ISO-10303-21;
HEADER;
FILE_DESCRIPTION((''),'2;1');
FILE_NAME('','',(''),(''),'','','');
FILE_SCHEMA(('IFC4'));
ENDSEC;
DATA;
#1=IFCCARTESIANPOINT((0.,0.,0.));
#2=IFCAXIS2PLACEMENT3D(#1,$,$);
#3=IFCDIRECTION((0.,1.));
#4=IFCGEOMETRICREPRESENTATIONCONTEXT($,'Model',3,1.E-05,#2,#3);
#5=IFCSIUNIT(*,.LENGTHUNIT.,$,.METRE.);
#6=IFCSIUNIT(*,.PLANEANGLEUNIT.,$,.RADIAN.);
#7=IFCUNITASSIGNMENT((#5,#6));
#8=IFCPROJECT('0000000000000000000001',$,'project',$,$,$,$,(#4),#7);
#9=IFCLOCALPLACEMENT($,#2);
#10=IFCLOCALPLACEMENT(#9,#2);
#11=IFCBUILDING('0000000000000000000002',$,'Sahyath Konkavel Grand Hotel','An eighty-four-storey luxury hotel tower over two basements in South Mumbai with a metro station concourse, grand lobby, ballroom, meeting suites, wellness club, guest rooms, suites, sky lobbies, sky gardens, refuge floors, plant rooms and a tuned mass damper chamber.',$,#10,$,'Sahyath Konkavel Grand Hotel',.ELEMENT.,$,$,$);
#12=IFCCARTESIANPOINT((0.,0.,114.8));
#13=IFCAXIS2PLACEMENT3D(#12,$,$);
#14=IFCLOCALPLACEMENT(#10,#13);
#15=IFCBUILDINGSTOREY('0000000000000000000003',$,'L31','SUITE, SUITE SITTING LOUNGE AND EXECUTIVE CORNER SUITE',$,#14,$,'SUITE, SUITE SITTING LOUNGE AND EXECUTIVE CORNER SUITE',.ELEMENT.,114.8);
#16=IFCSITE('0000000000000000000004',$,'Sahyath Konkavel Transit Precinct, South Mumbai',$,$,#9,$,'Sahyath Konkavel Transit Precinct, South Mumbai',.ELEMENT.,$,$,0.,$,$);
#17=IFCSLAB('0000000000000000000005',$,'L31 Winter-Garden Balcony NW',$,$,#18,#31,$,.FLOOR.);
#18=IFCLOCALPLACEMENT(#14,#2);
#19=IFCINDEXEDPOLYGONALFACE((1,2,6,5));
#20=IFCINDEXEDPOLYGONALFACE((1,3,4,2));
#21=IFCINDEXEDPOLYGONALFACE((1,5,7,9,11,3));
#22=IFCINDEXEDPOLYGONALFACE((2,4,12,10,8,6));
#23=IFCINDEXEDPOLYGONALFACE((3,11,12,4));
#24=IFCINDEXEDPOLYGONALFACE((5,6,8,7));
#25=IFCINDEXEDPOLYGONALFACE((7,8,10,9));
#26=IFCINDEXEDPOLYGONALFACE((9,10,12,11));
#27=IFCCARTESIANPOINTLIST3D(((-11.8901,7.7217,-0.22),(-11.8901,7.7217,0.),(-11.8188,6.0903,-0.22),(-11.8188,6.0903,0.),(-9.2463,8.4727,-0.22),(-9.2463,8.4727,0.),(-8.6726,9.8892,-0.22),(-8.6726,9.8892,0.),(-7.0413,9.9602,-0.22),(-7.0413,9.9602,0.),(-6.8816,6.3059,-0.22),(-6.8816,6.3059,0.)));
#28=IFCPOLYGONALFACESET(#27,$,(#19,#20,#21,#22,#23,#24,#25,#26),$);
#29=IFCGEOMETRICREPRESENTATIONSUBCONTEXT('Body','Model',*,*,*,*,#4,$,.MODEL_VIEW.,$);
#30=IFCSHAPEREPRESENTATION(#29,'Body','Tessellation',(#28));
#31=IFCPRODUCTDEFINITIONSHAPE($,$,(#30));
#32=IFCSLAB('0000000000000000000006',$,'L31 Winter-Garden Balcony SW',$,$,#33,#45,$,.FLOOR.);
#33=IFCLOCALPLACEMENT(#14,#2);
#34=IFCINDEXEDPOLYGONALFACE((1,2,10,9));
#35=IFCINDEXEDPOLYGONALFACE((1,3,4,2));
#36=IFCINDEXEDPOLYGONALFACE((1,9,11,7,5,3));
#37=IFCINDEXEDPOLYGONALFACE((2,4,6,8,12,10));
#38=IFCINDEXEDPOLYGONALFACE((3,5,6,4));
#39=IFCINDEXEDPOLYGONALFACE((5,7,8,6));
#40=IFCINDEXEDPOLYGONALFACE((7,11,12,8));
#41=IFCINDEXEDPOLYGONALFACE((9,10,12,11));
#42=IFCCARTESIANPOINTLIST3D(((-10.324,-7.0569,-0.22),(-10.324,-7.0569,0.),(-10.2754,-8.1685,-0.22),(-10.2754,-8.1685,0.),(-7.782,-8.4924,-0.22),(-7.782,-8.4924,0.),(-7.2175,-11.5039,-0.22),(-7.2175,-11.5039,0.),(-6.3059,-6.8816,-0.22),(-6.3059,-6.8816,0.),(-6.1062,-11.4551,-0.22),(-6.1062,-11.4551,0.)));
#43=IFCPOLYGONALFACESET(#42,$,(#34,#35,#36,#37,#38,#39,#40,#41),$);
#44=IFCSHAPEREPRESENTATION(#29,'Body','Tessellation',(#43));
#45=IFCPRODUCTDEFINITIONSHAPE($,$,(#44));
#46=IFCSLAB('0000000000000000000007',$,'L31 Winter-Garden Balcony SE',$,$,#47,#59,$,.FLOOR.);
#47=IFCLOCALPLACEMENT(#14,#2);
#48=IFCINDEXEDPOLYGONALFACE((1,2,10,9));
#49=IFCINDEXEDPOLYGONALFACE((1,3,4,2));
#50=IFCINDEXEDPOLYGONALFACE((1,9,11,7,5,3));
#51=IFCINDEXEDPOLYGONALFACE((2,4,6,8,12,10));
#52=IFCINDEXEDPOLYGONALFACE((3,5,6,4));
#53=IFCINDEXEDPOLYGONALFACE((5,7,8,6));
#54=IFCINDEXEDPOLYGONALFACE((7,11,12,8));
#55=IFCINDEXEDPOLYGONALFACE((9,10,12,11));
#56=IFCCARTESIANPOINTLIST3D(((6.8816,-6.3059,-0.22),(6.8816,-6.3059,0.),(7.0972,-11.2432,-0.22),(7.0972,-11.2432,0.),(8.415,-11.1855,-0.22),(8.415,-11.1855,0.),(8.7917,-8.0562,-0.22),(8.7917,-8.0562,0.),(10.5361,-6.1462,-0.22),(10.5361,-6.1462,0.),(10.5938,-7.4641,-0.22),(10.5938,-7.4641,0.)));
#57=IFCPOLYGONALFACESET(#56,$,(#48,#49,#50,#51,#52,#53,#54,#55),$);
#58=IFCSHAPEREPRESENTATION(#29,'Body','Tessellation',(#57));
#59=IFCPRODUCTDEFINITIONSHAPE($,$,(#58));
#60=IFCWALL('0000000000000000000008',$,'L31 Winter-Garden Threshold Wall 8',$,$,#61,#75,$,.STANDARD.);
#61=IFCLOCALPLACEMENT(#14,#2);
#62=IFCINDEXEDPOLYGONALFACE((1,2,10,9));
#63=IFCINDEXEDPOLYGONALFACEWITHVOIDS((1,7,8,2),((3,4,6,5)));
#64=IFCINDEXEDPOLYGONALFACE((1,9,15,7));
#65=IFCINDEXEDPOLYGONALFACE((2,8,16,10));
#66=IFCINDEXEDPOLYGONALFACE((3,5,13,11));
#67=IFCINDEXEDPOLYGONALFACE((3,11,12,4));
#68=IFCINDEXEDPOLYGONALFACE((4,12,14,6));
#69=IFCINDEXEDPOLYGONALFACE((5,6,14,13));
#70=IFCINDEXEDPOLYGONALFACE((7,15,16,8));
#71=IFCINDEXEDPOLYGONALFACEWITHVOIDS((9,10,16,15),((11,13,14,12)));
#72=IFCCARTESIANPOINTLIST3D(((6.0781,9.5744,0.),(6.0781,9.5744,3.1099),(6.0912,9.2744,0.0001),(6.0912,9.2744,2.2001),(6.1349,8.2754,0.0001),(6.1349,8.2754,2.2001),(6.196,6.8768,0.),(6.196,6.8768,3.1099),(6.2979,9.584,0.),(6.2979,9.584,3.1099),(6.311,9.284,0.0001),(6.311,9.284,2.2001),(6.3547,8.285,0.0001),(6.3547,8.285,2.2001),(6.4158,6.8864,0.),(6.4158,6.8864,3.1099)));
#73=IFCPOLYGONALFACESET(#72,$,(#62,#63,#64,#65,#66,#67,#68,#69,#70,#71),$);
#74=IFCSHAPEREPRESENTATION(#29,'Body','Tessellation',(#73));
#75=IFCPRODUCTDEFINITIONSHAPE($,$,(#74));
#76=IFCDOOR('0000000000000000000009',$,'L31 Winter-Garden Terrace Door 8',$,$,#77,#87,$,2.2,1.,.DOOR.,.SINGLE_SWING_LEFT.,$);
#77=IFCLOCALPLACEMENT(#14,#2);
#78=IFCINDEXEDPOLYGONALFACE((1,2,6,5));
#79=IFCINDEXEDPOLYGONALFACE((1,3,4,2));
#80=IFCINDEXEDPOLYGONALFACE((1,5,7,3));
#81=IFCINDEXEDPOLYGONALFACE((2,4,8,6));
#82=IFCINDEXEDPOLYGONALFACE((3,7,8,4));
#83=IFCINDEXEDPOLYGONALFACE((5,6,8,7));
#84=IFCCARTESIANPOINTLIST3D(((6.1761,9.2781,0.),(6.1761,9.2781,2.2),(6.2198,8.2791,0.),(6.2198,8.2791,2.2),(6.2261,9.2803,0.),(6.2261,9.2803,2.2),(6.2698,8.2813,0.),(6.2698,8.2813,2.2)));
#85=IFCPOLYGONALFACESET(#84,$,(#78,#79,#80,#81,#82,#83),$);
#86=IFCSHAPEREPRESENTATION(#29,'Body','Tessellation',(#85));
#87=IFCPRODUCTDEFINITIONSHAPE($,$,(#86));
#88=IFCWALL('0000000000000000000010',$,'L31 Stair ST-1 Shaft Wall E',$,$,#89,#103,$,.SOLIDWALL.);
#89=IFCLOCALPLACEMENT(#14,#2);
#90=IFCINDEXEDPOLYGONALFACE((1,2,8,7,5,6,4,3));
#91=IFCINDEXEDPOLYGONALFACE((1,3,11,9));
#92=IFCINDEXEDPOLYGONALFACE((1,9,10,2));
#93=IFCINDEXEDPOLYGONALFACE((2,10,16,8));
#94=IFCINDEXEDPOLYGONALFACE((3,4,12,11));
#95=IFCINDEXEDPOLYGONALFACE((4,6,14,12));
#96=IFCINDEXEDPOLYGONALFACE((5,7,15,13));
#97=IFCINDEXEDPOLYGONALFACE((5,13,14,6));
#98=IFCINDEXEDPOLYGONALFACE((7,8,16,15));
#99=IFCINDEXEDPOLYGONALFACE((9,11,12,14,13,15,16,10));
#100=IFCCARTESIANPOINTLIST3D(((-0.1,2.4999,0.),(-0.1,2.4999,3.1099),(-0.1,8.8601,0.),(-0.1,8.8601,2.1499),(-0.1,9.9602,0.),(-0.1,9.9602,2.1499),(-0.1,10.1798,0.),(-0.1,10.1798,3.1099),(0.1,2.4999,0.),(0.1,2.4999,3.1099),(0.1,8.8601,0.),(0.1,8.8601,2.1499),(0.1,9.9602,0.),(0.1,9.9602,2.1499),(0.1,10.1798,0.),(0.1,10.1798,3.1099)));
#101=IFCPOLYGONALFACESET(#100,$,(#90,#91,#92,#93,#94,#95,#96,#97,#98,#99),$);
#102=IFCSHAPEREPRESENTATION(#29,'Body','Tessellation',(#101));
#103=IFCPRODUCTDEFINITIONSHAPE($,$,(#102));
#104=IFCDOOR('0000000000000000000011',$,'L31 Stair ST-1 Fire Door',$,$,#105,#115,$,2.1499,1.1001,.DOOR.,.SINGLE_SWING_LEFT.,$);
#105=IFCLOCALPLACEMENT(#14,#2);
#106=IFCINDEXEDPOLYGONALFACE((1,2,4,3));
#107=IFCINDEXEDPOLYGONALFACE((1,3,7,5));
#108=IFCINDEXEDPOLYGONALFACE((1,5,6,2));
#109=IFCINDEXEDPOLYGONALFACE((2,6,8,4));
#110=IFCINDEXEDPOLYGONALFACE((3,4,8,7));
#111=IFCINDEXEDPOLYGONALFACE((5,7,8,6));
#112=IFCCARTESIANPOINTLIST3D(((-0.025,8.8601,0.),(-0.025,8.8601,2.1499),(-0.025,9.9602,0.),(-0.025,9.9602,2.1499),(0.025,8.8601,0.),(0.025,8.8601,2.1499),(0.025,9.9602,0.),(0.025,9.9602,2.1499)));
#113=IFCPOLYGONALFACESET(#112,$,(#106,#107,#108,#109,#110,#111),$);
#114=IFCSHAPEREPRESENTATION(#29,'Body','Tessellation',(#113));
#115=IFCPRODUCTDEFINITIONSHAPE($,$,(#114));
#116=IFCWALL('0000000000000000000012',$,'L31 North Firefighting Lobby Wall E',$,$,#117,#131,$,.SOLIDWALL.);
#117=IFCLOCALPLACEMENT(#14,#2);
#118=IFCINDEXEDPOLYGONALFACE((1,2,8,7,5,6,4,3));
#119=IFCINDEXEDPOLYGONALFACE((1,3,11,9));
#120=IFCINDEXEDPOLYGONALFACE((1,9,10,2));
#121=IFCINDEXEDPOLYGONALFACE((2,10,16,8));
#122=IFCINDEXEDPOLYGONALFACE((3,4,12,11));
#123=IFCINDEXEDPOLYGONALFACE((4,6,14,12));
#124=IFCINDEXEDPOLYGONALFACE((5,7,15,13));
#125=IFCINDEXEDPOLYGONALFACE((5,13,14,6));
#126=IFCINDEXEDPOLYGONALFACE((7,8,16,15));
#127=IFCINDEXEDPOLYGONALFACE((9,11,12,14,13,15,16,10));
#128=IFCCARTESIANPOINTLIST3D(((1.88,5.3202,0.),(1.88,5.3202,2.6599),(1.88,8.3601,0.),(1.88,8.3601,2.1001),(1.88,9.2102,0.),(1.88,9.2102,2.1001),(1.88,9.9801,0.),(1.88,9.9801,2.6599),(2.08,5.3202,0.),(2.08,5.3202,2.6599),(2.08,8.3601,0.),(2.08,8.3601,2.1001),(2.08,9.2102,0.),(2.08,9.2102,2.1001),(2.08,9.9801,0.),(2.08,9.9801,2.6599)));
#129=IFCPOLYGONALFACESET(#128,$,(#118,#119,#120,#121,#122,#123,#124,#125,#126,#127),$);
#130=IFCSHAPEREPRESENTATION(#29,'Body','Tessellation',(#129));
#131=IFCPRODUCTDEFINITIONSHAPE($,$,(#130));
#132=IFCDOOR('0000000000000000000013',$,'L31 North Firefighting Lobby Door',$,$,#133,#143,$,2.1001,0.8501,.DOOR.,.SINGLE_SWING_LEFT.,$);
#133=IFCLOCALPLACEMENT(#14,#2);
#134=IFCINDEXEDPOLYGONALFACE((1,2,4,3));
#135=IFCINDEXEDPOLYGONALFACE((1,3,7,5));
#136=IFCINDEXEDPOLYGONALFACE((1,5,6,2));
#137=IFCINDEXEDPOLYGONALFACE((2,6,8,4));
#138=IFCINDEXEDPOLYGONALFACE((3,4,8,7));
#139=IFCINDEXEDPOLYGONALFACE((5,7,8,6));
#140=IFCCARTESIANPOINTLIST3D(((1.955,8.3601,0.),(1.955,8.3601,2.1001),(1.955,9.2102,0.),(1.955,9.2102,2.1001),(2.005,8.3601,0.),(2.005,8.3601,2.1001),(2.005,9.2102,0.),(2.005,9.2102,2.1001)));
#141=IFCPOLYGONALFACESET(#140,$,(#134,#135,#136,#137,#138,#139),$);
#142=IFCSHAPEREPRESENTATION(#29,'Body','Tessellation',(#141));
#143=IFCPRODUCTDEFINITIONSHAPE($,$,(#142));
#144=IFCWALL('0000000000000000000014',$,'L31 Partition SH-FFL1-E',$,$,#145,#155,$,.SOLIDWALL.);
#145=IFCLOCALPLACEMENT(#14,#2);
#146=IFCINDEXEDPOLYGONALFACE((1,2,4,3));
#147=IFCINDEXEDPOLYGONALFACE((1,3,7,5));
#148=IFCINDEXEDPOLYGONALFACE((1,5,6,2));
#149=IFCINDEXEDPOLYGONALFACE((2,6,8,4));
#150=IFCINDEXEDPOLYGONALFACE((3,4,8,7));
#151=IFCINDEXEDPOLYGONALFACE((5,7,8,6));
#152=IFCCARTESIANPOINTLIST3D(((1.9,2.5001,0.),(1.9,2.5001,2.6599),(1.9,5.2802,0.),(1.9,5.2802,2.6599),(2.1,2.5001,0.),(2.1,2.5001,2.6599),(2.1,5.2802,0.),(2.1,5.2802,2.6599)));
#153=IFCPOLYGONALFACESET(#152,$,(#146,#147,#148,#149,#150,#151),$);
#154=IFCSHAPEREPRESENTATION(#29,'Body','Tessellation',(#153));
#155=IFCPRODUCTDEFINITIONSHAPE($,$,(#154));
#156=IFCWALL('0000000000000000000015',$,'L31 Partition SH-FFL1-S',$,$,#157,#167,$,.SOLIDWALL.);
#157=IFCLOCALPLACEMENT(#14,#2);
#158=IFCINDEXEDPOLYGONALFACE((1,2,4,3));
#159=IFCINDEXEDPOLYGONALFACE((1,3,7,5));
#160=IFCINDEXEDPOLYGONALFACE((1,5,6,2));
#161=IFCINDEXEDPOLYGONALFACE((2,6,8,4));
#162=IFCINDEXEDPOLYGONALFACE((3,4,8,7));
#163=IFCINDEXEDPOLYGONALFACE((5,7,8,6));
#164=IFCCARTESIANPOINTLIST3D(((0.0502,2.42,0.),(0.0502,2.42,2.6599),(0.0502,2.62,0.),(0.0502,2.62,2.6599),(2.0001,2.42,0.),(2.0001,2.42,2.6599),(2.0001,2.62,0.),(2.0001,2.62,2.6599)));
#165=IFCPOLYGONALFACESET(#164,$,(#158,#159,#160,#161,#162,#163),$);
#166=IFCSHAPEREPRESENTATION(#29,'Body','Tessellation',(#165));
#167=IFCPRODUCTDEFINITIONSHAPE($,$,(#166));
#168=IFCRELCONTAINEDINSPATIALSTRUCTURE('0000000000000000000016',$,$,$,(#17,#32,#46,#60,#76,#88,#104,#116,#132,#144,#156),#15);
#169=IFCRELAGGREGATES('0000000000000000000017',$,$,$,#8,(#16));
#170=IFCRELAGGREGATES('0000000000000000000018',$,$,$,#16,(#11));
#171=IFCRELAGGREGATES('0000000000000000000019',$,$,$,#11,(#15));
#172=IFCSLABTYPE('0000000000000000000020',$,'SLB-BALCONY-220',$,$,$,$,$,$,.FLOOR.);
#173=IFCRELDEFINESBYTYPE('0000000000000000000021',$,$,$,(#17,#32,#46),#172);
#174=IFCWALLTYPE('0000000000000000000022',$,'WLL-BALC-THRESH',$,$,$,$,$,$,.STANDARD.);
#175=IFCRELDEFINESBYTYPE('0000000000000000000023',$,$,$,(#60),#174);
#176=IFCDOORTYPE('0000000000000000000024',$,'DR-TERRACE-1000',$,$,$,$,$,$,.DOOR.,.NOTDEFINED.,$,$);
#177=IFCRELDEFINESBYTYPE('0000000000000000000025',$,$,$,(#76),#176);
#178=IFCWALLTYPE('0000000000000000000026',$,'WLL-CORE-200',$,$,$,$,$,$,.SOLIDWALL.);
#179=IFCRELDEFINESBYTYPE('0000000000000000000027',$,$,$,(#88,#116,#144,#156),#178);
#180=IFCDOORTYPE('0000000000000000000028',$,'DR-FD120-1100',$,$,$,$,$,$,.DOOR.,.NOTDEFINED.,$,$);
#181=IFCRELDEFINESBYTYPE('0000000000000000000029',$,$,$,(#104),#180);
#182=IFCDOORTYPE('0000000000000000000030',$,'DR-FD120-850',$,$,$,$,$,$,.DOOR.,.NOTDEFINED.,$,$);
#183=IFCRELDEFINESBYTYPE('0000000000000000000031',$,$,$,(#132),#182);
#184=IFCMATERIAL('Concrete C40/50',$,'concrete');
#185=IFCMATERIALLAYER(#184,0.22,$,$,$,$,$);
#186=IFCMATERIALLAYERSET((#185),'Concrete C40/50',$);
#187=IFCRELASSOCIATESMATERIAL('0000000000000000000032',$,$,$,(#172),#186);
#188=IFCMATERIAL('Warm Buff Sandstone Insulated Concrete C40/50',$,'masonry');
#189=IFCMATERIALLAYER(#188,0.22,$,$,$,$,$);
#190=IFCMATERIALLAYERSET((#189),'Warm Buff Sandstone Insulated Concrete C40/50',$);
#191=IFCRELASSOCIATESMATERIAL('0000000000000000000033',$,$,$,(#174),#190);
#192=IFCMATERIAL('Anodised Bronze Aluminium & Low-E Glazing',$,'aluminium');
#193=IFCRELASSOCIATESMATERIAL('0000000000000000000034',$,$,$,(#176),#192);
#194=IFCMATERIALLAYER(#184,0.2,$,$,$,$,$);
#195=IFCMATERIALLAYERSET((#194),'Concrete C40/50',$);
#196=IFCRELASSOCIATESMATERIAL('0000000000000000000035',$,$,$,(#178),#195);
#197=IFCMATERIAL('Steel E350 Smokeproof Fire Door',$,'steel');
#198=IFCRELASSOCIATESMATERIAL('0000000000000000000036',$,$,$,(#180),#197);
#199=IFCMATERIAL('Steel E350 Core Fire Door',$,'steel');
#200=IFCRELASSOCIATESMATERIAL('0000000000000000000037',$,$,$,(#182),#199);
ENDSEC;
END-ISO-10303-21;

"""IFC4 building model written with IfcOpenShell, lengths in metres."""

from ifc_helpers import new_model, si_unit, direction, frame, frame_2d, origin, origin_2d, place, context, subcontext, project, spatial, polyline, rectangle, outline, extrude, source, transform, mapped, material, layer, layer_set, type_object, element, fill, save


model = new_model("IFC4")

# Units and contexts
model_context = context("Model", 3, precision=1e-05, world=origin(), true_north=direction((0.0, 1.0)))
body_context = subcontext(model_context, "Body", "Model", "MODEL_VIEW")
ifc_project = project(units=[si_unit("LENGTHUNIT", "METRE"), si_unit("PLANEANGLEUNIT", "RADIAN")], contexts=[model_context])

# Site, building, storey
site_placement = place(None, origin())
site = spatial("IfcSite", under=ifc_project, at=site_placement, Name="Sahyath Konkavel Transit Precinct, South Mumbai", LongName="Sahyath Konkavel Transit Precinct, South Mumbai", CompositionType="ELEMENT", RefElevation=0.0)
building_placement = place(site_placement, origin())
building = spatial("IfcBuilding", under=site, at=building_placement, Name="Sahyath Konkavel Grand Hotel", Description="An eighty-four-storey luxury hotel tower over two basements in South Mumbai with a metro station concourse, grand lobby, ballroom, meeting suites, wellness club, guest rooms, suites, sky lobbies, sky gardens, refuge floors, plant rooms and a tuned mass damper chamber.", LongName="Sahyath Konkavel Grand Hotel", CompositionType="ELEMENT")
storey_placement = place(building_placement, frame((0.0, 0.0, 114.8)))
storey = spatial("IfcBuildingStorey", under=building, at=storey_placement, Name="L31", Description="SUITE, SUITE SITTING LOUNGE AND EXECUTIVE CORNER SUITE", LongName="SUITE, SUITE SITTING LOUNGE AND EXECUTIVE CORNER SUITE", CompositionType="ELEMENT", Elevation=114.8)

# Slabs
ifc_material_1 = material(Name="Concrete C40/50", Category="concrete")
ifc_layer_1 = layer(ifc_material_1, 0.22)
ifc_layer_set_1 = layer_set([ifc_layer_1], Name="Concrete C40/50")
slab_type = type_object("IfcSlabType", Name="SLB-BALCONY-220", PredefinedType="FLOOR", material=ifc_layer_set_1)
slab_1_placement = place(storey_placement, frame((0.0, 0.0, -0.22)))
element("IfcSlab", 1, at=slab_1_placement, inside=storey, type_object=slab_type, Name="L31 Winter-Garden Balcony NW", PredefinedType="FLOOR", context=body_context, shape_type="SweptSolid", body=[
    extrude(outline(polyline([(-6.8816, 6.3059), (-7.0413, 9.9602), (-8.6726, 9.8892), (-9.2463, 8.4727), (-11.8901, 7.7217), (-11.8188, 6.0903), (-6.8816, 6.3059)])), origin(), (0.0, 0.0, 1.0), 0.22),
])
slab_2_placement = place(storey_placement, frame((0.0, 0.0, -0.22)))
element("IfcSlab", 2, at=slab_2_placement, inside=storey, type_object=slab_type, Name="L31 Winter-Garden Balcony SW", PredefinedType="FLOOR", context=body_context, shape_type="SweptSolid", body=[
    extrude(outline(polyline([(-6.3059, -6.8816), (-10.324, -7.0569), (-10.2754, -8.1685), (-7.782, -8.4924), (-7.2175, -11.5039), (-6.1062, -11.4551), (-6.3059, -6.8816)])), origin(), (0.0, 0.0, 1.0), 0.22),
])
slab_3_placement = place(storey_placement, frame((0.0, 0.0, -0.22)))
element("IfcSlab", 3, at=slab_3_placement, inside=storey, type_object=slab_type, Name="L31 Winter-Garden Balcony SE", PredefinedType="FLOOR", context=body_context, shape_type="SweptSolid", body=[
    extrude(outline(polyline([(6.8816, -6.3059), (7.0972, -11.2432), (8.415, -11.1855), (8.7917, -8.0562), (10.5938, -7.4641), (10.5361, -6.1462), (6.8816, -6.3059)])), origin(), (0.0, 0.0, 1.0), 0.22),
])

# Walls, openings, doors
ifc_material_2 = material(Name="Warm Buff Sandstone Insulated Concrete C40/50", Category="masonry")
ifc_layer_2 = layer(ifc_material_2, 0.22)
ifc_layer_set_2 = layer_set([ifc_layer_2], Name="Warm Buff Sandstone Insulated Concrete C40/50")
wall_type_1 = type_object("IfcWallType", Name="WLL-BALC-THRESH", PredefinedType="STANDARD", material=ifc_layer_set_2)
wall_1_placement = place(storey_placement, frame((6.3059, 6.8816, 0.0), z_axis=(0.0, 0.0, 1.0), x_axis=(-0.043673, 0.999046, 0.0)))
wall_1 = element("IfcWall", 4, at=wall_1_placement, inside=storey, type_object=wall_type_1, Name="L31 Winter-Garden Threshold Wall 8", PredefinedType="STANDARD", context=body_context, shape_type="SweptSolid", body=[
    extrude(rectangle(XDim=2.7002, YDim=0.22, at=frame_2d((1.3501, 0.0))), origin(), (0.0, 0.0, 1.0), 3.1099),
])
opening_1_placement = place(wall_1_placement, frame((1.3999, 0.0, 0.0)))
opening_1 = element("IfcOpeningElement", 5, at=opening_1_placement, cuts=wall_1, PredefinedType="OPENING", context=body_context, shape_type="SweptSolid", body=[
    extrude(rectangle(XDim=1.0, YDim=2.2, at=frame_2d((0.5, 1.1001))), frame((0.0, 0.1201, 0.0), z_axis=(0.0, -1.0, 0.0), x_axis=(1.0, 0.0, 0.0)), (0.0, 0.0, 1.0), 0.24),
])
ifc_material_3 = material(Name="Anodised Bronze Aluminium & Low-E Glazing", Category="aluminium")
door_type_1 = type_object("IfcDoorType", Name="DR-TERRACE-1000", OperationType="NOTDEFINED", PredefinedType="DOOR", material=ifc_material_3)
shared_shape_1 = source(origin(), body_context, "Body", "SweptSolid", [
    extrude(rectangle(XDim=1.0, YDim=0.05, at=origin_2d()), origin(), (0.0, 0.0, 1.0), 2.2),
])
door_1_placement = place(opening_1_placement, frame((0.5, 0.0, 0.0)))
door_1 = element("IfcDoor", 6, at=door_1_placement, inside=storey, type_object=door_type_1, Name="L31 Winter-Garden Terrace Door 8", OperationType="SINGLE_SWING_LEFT", OverallHeight=2.2, OverallWidth=1.0, PredefinedType="DOOR", context=body_context, shape_type="MappedRepresentation", body=[
    mapped(shared_shape_1, transform((0.0, 0.0, 0.0), scale=1.0)),
])
fill(opening_1, door_1)
ifc_layer_3 = layer(ifc_material_1, 0.2)
ifc_layer_set_3 = layer_set([ifc_layer_3], Name="Concrete C40/50")
wall_type_2 = type_object("IfcWallType", Name="WLL-CORE-200", PredefinedType="SOLIDWALL", material=ifc_layer_set_3)
wall_2_placement = place(storey_placement, frame((0.0, 2.5, 0.0), z_axis=(0.0, 0.0, 1.0), x_axis=(0.0, 1.0, 0.0)))
wall_2 = element("IfcWall", 7, at=wall_2_placement, inside=storey, type_object=wall_type_2, Name="L31 Stair ST-1 Shaft Wall E", PredefinedType="SOLIDWALL", context=body_context, shape_type="SweptSolid", body=[
    extrude(rectangle(XDim=7.6799, YDim=0.2, at=frame_2d((3.8398, 0.0))), origin(), (0.0, 0.0, 1.0), 3.1099),
])
opening_2_placement = place(wall_2_placement, frame((6.3601, 0.0, 0.0)))
opening_2 = element("IfcOpeningElement", 8, at=opening_2_placement, cuts=wall_2, PredefinedType="OPENING", context=body_context, shape_type="SweptSolid", body=[
    extrude(rectangle(XDim=1.1001, YDim=2.1499, at=frame_2d((0.55, 1.075))), frame((0.0, 0.1099, 0.0), z_axis=(0.0, -1.0, 0.0), x_axis=(1.0, 0.0, 0.0)), (0.0, 0.0, 1.0), 0.22),
])
ifc_material_4 = material(Name="Steel E350 Smokeproof Fire Door", Category="steel")
door_type_2 = type_object("IfcDoorType", Name="DR-FD120-1100", OperationType="NOTDEFINED", PredefinedType="DOOR", material=ifc_material_4)
shared_shape_2 = source(origin(), body_context, "Body", "SweptSolid", [
    extrude(rectangle(XDim=1.1001, YDim=0.05, at=origin_2d()), origin(), (0.0, 0.0, 1.0), 2.1499),
])
door_2_placement = place(opening_2_placement, frame((0.55, 0.0, 0.0)))
door_2 = element("IfcDoor", 9, at=door_2_placement, inside=storey, type_object=door_type_2, Name="L31 Stair ST-1 Fire Door", OperationType="SINGLE_SWING_LEFT", OverallHeight=2.1499, OverallWidth=1.1001, PredefinedType="DOOR", context=body_context, shape_type="MappedRepresentation", body=[
    mapped(shared_shape_2, transform((0.0, 0.0, 0.0), scale=1.0)),
])
fill(opening_2, door_2)
wall_3_placement = place(storey_placement, frame((1.98, 5.3201, 0.0), z_axis=(0.0, 0.0, 1.0), x_axis=(0.0, 1.0, 0.0)))
wall_3 = element("IfcWall", 10, at=wall_3_placement, inside=storey, type_object=wall_type_2, Name="L31 North Firefighting Lobby Wall E", PredefinedType="SOLIDWALL", context=body_context, shape_type="SweptSolid", body=[
    extrude(rectangle(XDim=4.6599, YDim=0.2, at=frame_2d((2.3301, 0.0))), origin(), (0.0, 0.0, 1.0), 2.6599),
])
opening_3_placement = place(wall_3_placement, frame((3.04, 0.0, 0.0)))
opening_3 = element("IfcOpeningElement", 11, at=opening_3_placement, cuts=wall_3, PredefinedType="OPENING", context=body_context, shape_type="SweptSolid", body=[
    extrude(rectangle(XDim=0.8501, YDim=2.1001, at=frame_2d((0.425, 1.05))), frame((0.0, 0.1099, 0.0), z_axis=(0.0, -1.0, 0.0), x_axis=(1.0, 0.0, 0.0)), (0.0, 0.0, 1.0), 0.22),
])
ifc_material_5 = material(Name="Steel E350 Core Fire Door", Category="steel")
door_type_3 = type_object("IfcDoorType", Name="DR-FD120-850", OperationType="NOTDEFINED", PredefinedType="DOOR", material=ifc_material_5)
shared_shape_3 = source(origin(), body_context, "Body", "SweptSolid", [
    extrude(rectangle(XDim=0.8501, YDim=0.05, at=origin_2d()), origin(), (0.0, 0.0, 1.0), 2.1001),
])
door_3_placement = place(opening_3_placement, frame((0.425, 0.0, 0.0)))
door_3 = element("IfcDoor", 12, at=door_3_placement, inside=storey, type_object=door_type_3, Name="L31 North Firefighting Lobby Door", OperationType="SINGLE_SWING_LEFT", OverallHeight=2.1001, OverallWidth=0.8501, PredefinedType="DOOR", context=body_context, shape_type="MappedRepresentation", body=[
    mapped(shared_shape_3, transform((0.0, 0.0, 0.0), scale=1.0)),
])
fill(opening_3, door_3)

# Walls
wall_4_placement = place(storey_placement, frame((2.0, 2.5, 0.0), z_axis=(0.0, 0.0, 1.0), x_axis=(0.0, 1.0, 0.0)))
element("IfcWall", 13, at=wall_4_placement, inside=storey, type_object=wall_type_2, Name="L31 Partition SH-FFL1-E", PredefinedType="SOLIDWALL", context=body_context, shape_type="SweptSolid", body=[
    extrude(rectangle(XDim=2.78, YDim=0.2, at=frame_2d((1.3901, 0.0))), origin(), (0.0, 0.0, 1.0), 2.6599),
])
wall_5_placement = place(storey_placement, frame((0.05, 2.52, 0.0), z_axis=(0.0, 0.0, 1.0), x_axis=(1.0, 0.0, 0.0)))
element("IfcWall", 14, at=wall_5_placement, inside=storey, type_object=wall_type_2, Name="L31 Partition SH-FFL1-S", PredefinedType="SOLIDWALL", context=body_context, shape_type="SweptSolid", body=[
    extrude(rectangle(XDim=1.95, YDim=0.2, at=frame_2d((0.9751, 0.0))), origin(), (0.0, 0.0, 1.0), 2.6599),
])

save(model, "model.ifc")
